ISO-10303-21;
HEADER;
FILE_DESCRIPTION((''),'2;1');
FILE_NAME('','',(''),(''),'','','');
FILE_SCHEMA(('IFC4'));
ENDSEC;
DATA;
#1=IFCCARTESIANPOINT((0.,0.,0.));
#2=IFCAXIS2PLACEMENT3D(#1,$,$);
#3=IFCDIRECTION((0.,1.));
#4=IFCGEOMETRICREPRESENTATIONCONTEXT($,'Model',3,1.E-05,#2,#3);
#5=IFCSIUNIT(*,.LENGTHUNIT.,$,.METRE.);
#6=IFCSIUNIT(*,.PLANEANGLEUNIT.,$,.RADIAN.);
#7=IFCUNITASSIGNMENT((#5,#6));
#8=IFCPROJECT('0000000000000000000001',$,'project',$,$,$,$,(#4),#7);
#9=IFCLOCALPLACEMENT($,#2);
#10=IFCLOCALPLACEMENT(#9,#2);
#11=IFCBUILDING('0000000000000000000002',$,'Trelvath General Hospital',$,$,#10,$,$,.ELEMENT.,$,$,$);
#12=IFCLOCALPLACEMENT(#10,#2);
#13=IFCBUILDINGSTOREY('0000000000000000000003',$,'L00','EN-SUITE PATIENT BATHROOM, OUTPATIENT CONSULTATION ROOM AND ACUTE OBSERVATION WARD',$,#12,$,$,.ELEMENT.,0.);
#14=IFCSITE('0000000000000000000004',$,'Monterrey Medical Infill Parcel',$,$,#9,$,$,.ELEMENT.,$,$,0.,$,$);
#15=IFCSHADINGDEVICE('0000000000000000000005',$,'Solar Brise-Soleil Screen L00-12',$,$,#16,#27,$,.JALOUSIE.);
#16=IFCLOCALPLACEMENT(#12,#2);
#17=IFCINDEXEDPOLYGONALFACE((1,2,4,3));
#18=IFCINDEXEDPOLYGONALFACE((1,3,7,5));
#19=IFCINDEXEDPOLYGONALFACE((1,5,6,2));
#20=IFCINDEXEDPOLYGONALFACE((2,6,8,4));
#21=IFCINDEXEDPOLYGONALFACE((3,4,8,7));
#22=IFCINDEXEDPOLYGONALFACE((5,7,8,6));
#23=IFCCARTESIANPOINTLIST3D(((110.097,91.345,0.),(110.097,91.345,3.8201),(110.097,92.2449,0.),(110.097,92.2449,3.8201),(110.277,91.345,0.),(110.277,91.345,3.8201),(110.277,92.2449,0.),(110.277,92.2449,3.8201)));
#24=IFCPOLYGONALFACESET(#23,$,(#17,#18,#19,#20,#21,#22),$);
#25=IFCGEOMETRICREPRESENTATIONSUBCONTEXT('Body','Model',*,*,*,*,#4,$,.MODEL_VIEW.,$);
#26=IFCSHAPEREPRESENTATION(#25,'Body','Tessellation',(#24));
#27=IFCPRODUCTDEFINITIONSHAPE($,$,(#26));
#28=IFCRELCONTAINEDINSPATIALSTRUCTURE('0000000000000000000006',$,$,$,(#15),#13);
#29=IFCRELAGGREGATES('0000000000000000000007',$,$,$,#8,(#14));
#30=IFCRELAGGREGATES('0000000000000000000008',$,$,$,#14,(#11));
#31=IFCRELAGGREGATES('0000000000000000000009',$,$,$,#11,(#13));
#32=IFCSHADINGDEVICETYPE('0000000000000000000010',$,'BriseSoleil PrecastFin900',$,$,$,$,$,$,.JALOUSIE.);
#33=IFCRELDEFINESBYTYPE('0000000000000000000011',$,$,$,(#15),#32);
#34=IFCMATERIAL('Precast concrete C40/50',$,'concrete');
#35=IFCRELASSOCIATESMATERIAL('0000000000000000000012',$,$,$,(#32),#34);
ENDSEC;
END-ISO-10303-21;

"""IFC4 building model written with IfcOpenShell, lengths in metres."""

from ifc_helpers import new_model, si_unit, direction, frame, origin, origin_2d, place, context, subcontext, project, spatial, rectangle, extrude, material, type_object, element, save


model = new_model("IFC4")

# Units and contexts
model_context = context("Model", 3, precision=1e-05, world=origin(), true_north=direction((0.0, 1.0)))
body_context = subcontext(model_context, "Body", "Model", "MODEL_VIEW")
ifc_project = project(units=[si_unit("LENGTHUNIT", "METRE"), si_unit("PLANEANGLEUNIT", "RADIAN")], contexts=[model_context])

# Site, building, storey
site_placement = place(None, origin())
site = spatial("IfcSite", under=ifc_project, at=site_placement, Name="Monterrey Medical Infill Parcel", CompositionType="ELEMENT", RefElevation=0.0)
building_placement = place(site_placement, origin())
building = spatial("IfcBuilding", under=site, at=building_placement, Name="Trelvath General Hospital", CompositionType="ELEMENT")
storey_placement = place(building_placement, origin())
storey = spatial("IfcBuildingStorey", under=building, at=storey_placement, Name="L00", Description="EN-SUITE PATIENT BATHROOM, OUTPATIENT CONSULTATION ROOM AND ACUTE OBSERVATION WARD", CompositionType="ELEMENT", Elevation=0.0)

# Shading device
ifc_material_1 = material(Name="Precast concrete C40/50", Category="concrete")
shading_device_type = type_object("IfcShadingDeviceType", Name="BriseSoleil PrecastFin900", PredefinedType="JALOUSIE", material=ifc_material_1)
shading_device_placement = place(storey_placement, frame((110.187, 91.7949, 0.0), z_axis=(0.0, 0.0, 1.0), x_axis=(0.0, -1.0, 0.0)))
element("IfcShadingDevice", 1, at=shading_device_placement, inside=storey, type_object=shading_device_type, Name="Solar Brise-Soleil Screen L00-12", PredefinedType="JALOUSIE", context=body_context, shape_type="SweptSolid", body=[
    extrude(rectangle(XDim=0.8999, YDim=0.1799, at=origin_2d()), origin(), (0.0, 0.0, 1.0), 3.8201),
])

save(model, "model.ifc")
